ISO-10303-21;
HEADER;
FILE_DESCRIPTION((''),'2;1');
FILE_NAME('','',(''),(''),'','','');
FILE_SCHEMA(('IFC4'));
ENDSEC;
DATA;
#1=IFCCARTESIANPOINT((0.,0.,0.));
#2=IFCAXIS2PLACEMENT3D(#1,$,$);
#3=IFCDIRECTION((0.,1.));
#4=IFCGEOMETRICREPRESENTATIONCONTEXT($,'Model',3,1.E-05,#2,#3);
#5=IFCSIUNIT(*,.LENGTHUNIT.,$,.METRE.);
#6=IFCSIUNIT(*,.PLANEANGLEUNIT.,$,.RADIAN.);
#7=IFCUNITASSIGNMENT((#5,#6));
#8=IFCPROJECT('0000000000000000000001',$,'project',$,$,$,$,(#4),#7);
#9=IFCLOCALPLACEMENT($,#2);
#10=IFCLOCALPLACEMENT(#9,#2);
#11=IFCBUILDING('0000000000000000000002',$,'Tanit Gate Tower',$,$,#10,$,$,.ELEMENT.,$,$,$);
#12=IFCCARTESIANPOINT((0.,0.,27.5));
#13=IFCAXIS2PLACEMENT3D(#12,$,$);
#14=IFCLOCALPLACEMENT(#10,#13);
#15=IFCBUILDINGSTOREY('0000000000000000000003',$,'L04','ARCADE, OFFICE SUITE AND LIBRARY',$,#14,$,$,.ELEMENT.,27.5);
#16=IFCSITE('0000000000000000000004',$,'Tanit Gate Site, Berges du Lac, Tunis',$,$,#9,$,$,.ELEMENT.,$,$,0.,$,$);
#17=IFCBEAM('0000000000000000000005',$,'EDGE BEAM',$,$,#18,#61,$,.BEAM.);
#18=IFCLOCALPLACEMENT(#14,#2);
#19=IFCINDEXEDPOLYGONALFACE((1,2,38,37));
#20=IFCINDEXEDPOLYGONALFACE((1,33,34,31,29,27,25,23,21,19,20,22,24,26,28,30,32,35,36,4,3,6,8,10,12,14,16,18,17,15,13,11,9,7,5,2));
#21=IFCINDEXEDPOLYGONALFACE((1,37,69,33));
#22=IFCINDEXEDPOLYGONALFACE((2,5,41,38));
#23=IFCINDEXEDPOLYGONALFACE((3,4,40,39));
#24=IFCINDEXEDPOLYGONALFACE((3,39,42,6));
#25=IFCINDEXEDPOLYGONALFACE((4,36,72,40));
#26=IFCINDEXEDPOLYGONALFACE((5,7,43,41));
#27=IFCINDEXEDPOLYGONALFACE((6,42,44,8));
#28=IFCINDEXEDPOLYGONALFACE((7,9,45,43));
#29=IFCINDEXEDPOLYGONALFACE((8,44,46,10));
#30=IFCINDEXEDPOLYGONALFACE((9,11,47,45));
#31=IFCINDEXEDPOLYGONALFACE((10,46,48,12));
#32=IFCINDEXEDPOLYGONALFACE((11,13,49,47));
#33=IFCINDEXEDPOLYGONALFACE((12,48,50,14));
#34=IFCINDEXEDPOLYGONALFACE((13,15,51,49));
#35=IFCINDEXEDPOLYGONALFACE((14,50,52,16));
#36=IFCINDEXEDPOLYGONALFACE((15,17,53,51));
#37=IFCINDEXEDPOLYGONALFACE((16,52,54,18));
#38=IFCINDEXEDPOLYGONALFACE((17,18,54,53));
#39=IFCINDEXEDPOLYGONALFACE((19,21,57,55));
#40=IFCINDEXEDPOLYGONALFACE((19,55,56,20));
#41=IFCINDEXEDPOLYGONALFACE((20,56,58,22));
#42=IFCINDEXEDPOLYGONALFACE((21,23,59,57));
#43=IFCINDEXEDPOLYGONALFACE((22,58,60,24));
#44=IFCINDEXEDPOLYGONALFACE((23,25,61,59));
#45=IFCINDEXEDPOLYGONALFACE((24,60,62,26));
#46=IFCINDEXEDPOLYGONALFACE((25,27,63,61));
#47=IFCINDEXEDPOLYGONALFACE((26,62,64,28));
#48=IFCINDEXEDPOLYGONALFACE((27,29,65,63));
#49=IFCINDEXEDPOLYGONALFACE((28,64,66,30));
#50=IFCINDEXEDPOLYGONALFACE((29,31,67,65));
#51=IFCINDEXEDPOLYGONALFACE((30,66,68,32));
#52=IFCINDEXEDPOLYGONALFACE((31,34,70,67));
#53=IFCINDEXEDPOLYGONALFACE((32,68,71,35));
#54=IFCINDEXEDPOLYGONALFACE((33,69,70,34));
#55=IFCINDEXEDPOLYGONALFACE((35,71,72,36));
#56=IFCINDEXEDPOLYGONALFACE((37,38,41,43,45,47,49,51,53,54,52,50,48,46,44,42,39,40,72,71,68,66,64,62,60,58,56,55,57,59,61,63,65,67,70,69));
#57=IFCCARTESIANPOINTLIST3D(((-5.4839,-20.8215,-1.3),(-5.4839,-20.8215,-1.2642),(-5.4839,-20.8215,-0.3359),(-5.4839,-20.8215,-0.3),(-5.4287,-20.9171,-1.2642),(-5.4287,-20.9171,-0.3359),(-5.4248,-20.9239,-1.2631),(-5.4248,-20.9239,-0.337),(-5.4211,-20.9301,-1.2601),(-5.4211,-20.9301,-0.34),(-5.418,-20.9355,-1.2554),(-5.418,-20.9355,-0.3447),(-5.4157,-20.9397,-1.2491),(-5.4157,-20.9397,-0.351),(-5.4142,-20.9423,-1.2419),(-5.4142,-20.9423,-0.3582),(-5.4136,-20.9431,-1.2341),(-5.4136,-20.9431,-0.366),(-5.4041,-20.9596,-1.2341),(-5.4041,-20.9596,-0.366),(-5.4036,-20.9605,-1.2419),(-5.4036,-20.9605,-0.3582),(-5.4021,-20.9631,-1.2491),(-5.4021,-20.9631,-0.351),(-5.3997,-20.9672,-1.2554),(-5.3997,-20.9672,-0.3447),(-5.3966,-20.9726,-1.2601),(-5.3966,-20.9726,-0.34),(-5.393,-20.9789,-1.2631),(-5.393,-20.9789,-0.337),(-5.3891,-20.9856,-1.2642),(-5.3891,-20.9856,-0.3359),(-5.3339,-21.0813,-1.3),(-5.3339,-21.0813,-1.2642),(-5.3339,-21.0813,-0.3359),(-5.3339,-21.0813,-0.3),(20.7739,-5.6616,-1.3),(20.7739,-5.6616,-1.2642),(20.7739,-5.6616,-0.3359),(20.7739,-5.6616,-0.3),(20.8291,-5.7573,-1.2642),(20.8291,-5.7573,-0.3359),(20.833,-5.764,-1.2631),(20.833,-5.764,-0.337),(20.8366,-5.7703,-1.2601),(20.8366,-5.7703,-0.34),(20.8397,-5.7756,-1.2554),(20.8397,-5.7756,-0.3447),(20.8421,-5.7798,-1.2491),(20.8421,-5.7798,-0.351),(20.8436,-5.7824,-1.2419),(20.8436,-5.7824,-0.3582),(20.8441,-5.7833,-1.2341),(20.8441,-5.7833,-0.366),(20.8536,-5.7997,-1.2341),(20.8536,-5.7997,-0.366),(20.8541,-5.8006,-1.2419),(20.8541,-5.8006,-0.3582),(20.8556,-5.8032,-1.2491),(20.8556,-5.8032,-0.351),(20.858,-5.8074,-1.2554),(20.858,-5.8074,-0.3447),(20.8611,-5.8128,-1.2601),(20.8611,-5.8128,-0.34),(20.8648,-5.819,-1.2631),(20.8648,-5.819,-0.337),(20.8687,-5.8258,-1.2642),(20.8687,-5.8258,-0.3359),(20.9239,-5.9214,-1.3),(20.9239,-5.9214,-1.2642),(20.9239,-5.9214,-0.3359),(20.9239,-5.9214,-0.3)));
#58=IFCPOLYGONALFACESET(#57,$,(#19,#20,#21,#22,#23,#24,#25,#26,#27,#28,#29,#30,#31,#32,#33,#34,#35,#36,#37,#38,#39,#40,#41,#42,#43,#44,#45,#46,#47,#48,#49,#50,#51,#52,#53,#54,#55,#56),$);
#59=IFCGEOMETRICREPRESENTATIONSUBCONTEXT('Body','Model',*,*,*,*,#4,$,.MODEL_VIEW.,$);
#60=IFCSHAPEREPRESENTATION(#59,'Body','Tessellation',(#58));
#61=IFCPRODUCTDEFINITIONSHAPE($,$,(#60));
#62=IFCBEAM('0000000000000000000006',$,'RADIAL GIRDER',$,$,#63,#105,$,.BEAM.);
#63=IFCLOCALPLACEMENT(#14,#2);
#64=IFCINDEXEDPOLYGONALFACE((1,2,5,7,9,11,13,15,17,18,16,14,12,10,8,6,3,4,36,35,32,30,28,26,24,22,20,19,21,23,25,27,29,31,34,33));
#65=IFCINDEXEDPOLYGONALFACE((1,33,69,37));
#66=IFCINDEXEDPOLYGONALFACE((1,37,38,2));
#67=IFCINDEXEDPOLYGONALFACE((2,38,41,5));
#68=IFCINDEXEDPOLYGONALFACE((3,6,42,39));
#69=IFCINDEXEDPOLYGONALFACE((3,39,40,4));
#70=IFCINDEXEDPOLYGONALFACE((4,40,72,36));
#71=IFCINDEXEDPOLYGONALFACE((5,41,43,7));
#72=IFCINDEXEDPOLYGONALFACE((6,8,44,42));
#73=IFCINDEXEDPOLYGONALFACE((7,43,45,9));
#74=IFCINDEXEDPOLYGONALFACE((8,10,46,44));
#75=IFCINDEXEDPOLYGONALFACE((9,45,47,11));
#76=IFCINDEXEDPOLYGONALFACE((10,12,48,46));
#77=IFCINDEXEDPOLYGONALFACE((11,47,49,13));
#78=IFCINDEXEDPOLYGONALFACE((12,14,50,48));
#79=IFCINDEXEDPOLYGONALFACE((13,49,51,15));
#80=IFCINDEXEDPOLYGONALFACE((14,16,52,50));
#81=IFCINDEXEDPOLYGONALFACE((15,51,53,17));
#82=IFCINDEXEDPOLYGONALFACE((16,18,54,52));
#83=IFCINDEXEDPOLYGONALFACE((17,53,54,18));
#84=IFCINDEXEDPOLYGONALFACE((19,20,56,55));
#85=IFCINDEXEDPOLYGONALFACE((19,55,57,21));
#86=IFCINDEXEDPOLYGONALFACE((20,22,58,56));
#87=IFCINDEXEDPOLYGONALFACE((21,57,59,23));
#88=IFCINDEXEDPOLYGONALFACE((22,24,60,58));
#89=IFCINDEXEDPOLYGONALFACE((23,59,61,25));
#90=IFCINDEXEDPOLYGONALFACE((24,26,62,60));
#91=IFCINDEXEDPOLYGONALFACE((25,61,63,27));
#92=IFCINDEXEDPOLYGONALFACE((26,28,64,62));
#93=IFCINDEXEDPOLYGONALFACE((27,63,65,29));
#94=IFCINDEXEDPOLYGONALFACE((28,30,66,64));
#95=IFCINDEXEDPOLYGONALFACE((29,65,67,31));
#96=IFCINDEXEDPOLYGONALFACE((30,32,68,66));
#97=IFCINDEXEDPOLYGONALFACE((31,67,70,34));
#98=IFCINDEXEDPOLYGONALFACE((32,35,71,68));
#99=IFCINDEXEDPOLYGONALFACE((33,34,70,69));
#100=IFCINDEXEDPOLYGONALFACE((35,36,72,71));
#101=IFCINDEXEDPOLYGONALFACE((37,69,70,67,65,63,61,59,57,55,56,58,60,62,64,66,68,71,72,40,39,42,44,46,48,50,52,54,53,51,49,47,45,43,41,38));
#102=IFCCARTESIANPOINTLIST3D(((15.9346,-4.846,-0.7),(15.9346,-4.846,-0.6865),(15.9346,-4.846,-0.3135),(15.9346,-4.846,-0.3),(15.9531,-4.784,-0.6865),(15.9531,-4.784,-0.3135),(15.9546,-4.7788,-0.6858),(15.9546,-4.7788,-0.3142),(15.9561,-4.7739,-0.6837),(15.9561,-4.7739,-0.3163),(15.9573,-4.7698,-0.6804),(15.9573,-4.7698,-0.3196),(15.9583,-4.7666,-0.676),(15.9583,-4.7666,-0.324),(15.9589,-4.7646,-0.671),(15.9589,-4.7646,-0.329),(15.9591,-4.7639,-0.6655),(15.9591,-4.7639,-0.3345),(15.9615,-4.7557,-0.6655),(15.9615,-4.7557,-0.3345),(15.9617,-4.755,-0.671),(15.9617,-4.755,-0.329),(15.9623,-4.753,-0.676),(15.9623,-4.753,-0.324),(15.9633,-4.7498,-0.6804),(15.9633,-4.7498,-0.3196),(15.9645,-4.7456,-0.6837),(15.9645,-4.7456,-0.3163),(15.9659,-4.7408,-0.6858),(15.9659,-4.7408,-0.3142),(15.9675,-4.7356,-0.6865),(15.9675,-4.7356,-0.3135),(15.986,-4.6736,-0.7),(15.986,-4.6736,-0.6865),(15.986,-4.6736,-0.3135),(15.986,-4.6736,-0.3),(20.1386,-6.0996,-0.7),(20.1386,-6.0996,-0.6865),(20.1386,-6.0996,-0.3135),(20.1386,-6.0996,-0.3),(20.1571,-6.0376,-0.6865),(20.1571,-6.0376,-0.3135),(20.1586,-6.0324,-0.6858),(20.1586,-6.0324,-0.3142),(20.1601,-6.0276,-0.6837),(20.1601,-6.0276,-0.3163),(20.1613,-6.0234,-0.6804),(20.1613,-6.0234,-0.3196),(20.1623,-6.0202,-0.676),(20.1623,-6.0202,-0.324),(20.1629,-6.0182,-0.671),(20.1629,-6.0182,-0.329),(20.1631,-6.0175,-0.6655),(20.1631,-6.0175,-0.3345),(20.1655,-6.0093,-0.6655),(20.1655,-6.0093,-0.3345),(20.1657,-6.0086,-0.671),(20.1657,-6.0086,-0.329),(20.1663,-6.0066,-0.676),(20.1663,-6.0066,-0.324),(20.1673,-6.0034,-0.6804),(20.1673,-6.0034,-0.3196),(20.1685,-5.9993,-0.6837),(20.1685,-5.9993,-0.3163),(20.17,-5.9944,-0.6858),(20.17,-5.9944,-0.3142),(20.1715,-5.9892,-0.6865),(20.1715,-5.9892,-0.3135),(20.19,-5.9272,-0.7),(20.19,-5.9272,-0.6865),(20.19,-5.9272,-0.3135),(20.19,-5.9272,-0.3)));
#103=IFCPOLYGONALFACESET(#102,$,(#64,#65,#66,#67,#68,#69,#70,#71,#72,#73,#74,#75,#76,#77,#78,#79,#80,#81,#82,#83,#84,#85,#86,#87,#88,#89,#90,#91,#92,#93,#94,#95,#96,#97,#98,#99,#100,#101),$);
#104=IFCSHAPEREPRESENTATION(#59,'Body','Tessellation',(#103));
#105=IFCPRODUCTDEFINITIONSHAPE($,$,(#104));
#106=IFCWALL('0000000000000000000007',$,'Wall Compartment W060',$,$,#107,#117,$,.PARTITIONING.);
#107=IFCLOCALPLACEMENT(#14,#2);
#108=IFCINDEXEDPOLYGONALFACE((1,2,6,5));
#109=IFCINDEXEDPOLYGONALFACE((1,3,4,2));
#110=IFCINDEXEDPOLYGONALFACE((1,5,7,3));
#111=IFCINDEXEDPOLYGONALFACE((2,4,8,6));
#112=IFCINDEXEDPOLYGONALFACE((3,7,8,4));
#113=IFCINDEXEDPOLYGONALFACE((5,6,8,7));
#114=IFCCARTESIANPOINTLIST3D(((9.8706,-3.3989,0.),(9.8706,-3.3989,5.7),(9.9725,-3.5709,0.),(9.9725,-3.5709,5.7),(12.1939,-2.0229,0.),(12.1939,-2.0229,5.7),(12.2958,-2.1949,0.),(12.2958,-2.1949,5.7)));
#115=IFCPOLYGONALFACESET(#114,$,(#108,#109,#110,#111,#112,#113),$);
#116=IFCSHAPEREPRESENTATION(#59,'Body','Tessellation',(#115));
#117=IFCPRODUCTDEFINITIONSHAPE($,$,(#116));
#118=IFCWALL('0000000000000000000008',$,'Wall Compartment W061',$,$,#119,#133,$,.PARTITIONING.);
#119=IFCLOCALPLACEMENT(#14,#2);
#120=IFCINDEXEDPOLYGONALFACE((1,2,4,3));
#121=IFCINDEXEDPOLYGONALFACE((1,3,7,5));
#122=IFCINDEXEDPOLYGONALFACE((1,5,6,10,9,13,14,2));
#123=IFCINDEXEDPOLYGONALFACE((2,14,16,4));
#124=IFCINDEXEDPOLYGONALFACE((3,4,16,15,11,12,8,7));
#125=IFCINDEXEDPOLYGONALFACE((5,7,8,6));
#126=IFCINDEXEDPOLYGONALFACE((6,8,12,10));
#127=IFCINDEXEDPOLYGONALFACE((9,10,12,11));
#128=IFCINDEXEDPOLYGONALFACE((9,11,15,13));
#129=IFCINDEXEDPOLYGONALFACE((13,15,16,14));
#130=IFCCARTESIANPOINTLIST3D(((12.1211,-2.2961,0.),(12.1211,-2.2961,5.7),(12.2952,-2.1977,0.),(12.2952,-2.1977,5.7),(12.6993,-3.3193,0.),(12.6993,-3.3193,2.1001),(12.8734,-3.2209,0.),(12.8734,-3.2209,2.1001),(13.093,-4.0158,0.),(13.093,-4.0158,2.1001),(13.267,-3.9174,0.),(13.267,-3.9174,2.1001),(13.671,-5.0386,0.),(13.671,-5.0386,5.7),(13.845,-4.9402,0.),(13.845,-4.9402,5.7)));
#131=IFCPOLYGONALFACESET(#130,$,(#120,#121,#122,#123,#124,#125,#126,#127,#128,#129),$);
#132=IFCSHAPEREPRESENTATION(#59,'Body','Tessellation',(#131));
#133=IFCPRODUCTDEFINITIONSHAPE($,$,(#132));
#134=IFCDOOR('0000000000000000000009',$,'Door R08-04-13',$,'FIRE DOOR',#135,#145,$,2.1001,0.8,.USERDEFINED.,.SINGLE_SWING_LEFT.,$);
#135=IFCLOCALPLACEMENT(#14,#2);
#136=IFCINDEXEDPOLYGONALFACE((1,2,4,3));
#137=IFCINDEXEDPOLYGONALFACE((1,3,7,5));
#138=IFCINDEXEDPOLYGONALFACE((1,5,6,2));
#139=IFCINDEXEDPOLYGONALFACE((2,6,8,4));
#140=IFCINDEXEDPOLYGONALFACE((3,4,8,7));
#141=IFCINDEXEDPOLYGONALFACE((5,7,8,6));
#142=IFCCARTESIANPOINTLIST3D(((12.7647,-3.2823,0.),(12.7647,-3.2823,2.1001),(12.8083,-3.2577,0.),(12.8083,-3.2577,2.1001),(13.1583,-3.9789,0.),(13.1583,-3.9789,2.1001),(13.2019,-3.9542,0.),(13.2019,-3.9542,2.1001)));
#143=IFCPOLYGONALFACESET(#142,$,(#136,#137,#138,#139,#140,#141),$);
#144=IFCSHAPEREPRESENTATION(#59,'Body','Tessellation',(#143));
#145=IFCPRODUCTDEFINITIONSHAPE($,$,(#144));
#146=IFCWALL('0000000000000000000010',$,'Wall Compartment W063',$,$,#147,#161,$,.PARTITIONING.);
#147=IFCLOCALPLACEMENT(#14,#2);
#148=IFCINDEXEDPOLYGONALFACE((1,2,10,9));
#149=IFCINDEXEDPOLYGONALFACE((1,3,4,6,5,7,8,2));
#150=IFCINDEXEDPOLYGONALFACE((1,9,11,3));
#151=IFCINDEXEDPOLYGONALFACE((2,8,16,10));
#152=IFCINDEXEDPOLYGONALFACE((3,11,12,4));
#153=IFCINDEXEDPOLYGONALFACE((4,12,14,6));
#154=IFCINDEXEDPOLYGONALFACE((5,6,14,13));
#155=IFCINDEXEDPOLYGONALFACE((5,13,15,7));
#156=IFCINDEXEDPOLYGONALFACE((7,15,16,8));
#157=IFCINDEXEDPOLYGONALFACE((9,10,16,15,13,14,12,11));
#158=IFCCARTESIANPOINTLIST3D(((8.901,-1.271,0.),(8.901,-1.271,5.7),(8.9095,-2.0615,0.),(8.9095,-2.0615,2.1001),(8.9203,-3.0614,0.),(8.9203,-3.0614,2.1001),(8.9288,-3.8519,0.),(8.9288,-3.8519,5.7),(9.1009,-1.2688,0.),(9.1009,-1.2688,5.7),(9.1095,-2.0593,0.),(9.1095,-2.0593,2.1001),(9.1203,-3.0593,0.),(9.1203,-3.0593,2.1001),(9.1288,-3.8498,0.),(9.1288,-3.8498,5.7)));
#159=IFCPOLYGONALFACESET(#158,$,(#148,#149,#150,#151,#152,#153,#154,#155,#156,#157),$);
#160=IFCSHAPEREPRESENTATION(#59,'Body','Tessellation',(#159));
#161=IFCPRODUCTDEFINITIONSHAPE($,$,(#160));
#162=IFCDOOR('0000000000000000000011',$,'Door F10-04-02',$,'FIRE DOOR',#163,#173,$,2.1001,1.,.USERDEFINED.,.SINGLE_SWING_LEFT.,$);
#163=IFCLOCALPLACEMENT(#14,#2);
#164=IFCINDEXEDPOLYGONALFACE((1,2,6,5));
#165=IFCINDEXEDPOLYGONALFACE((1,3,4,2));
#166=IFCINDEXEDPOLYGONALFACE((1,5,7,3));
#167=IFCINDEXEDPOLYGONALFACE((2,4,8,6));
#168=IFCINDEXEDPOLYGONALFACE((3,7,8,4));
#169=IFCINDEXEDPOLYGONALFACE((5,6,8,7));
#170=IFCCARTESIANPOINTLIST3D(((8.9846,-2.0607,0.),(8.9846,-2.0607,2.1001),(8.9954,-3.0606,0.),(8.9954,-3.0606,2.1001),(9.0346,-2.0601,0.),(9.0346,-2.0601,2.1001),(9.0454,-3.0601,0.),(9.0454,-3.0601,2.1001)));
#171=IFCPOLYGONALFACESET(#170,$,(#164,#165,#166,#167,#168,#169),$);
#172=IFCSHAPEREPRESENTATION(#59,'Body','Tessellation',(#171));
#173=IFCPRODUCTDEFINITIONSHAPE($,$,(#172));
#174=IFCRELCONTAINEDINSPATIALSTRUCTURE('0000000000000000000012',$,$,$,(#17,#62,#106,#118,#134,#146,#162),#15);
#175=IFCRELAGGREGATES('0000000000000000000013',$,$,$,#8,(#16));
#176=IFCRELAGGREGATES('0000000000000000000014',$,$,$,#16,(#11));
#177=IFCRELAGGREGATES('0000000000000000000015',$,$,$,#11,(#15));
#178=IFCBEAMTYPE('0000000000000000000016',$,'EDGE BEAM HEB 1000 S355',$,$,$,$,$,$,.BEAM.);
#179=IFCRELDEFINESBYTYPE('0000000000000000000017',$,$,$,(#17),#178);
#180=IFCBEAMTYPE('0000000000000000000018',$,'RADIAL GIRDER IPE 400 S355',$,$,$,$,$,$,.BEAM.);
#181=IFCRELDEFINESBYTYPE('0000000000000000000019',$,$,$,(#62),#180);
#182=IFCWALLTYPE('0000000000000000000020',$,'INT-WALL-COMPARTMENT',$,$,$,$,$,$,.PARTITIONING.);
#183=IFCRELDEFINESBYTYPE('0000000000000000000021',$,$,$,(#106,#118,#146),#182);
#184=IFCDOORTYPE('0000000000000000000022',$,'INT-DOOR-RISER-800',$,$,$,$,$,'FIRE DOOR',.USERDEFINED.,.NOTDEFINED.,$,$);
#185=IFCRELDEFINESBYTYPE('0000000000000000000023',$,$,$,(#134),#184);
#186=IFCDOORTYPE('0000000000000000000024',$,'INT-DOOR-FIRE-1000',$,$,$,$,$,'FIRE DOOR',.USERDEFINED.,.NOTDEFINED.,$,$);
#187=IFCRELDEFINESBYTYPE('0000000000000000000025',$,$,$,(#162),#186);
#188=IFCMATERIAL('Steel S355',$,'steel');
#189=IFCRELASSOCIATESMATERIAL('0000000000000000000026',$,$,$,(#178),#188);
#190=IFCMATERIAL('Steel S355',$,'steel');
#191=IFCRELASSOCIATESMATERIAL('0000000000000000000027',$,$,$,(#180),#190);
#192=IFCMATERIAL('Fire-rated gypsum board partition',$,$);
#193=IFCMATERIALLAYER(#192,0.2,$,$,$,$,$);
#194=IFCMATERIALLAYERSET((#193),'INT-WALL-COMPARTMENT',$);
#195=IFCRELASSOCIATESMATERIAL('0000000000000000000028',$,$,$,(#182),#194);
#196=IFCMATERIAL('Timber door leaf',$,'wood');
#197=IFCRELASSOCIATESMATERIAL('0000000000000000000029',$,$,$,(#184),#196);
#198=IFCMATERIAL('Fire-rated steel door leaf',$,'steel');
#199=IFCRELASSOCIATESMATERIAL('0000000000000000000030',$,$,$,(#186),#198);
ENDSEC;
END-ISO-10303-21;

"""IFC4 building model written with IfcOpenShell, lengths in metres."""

from ifc_helpers import new_model, si_unit, direction, frame, frame_2d, origin, origin_2d, place, context, subcontext, project, spatial, rectangle, i_section, extrude, material, layer, layer_set, material_profile, profile_set, type_object, element, fill, save


model = new_model("IFC4")

# Units and contexts
model_context = context("Model", 3, precision=1e-05, world=origin(), true_north=direction((0.0, 1.0)))
body_context = subcontext(model_context, "Body", "Model", "MODEL_VIEW")
ifc_project = project(units=[si_unit("LENGTHUNIT", "METRE"), si_unit("PLANEANGLEUNIT", "RADIAN")], contexts=[model_context])

# Site, building, storey
site_placement = place(None, origin())
site = spatial("IfcSite", under=ifc_project, at=site_placement, Name="Tanit Gate Site, Berges du Lac, Tunis", CompositionType="ELEMENT", RefElevation=0.0)
building_placement = place(site_placement, origin())
building = spatial("IfcBuilding", under=site, at=building_placement, Name="Tanit Gate Tower", CompositionType="ELEMENT")
storey_placement = place(building_placement, frame((0.0, 0.0, 27.5)))
storey = spatial("IfcBuildingStorey", under=building, at=storey_placement, Name="L04", Description="ARCADE, OFFICE SUITE AND LIBRARY", CompositionType="ELEMENT", Elevation=27.5)

# Beams
ifc_material_1 = material(Name="Steel S355", Category="steel")
ifc_material_profile_1 = material_profile(ifc_material_1, i_section(OverallWidth=0.3, OverallDepth=1.0, WebThickness=0.019, FlangeThickness=0.0359, FilletRadius=0.03, at=origin_2d()), Name="HEB 1000")
ifc_profile_set_1 = profile_set([ifc_material_profile_1], Name="Steel S355")
beam_type_1 = type_object("IfcBeamType", Name="EDGE BEAM HEB 1000 S355", PredefinedType="BEAM", material=ifc_profile_set_1)
beam_1_placement = place(storey_placement, frame((20.8489, -5.7915, -0.8), z_axis=(-0.866026, -0.499999, 0.0), x_axis=(0.499999, -0.866026, 0.0)))
element("IfcBeam", 1, at=beam_1_placement, inside=storey, type_object=beam_type_1, Name="EDGE BEAM", PredefinedType="BEAM", context=body_context, shape_type="SweptSolid", body=[
    extrude(i_section(OverallWidth=0.3, OverallDepth=1.0, WebThickness=0.019, FlangeThickness=0.0359, FilletRadius=0.03, at=origin_2d()), origin(), (0.0, 0.0, 1.0), 30.3198),
])
ifc_material_2 = material(Name="Steel S355", Category="steel")
ifc_material_profile_2 = material_profile(ifc_material_2, i_section(OverallWidth=0.1799, OverallDepth=0.3999, WebThickness=0.0085, FlangeThickness=0.0134, FilletRadius=0.021, at=origin_2d()), Name="IPE 400")
ifc_profile_set_2 = profile_set([ifc_material_profile_2], Name="Steel S355")
beam_type_2 = type_object("IfcBeamType", Name="RADIAL GIRDER IPE 400 S355", PredefinedType="BEAM", material=ifc_profile_set_2)
beam_2_placement = place(storey_placement, frame((20.1643, -6.0134, -0.5), z_axis=(-0.9583, 0.285765, 0.0), x_axis=(-0.285765, -0.9583, 0.0)))
element("IfcBeam", 2, at=beam_2_placement, inside=storey, type_object=beam_type_2, Name="RADIAL GIRDER", PredefinedType="BEAM", context=body_context, shape_type="SweptSolid", body=[
    extrude(i_section(OverallWidth=0.1799, OverallDepth=0.3999, WebThickness=0.0085, FlangeThickness=0.0134, FilletRadius=0.021, at=origin_2d()), origin(), (0.0, 0.0, 1.0), 4.387),
])

# Wall
ifc_material_3 = material(Name="Fire-rated gypsum board partition")
ifc_layer_1 = layer(ifc_material_3, 0.2)
ifc_layer_set_1 = layer_set([ifc_layer_1], Name="INT-WALL-COMPARTMENT")
wall_type_1 = type_object("IfcWallType", Name="INT-WALL-COMPARTMENT", PredefinedType="PARTITIONING", material=ifc_layer_set_1)
wall_1_placement = place(storey_placement, frame((12.2449, -2.1089, 0.0), z_axis=(0.0, 0.0, 1.0), x_axis=(-0.860415, -0.509594, 0.0)))
element("IfcWall", 3, at=wall_1_placement, inside=storey, type_object=wall_type_1, Name="Wall Compartment W060", PredefinedType="PARTITIONING", context=body_context, shape_type="SweptSolid", body=[
    extrude(rectangle(XDim=2.7002, YDim=0.2, at=frame_2d((1.3501, 0.0))), origin(), (0.0, 0.0, 1.0), 5.7),
])

# Walls, openings, doors
wall_2_placement = place(storey_placement, frame((13.7581, -4.9895, 0.0), z_axis=(0.0, 0.0, 1.0), x_axis=(-0.491993, 0.870599, 0.0)))
wall_2 = element("IfcWall", 4, at=wall_2_placement, inside=storey, type_object=wall_type_1, Name="Wall Compartment W061", PredefinedType="PARTITIONING", context=body_context, shape_type="SweptSolid", body=[
    extrude(rectangle(XDim=3.1501, YDim=0.2, at=frame_2d((1.5752, 0.0))), origin(), (0.0, 0.0, 1.0), 5.7),
])
opening_1_placement = place(wall_2_placement, frame((1.175, 0.0, 0.0)))
opening_1 = element("IfcOpeningElement", 5, at=opening_1_placement, cuts=wall_2, PredefinedType="OPENING", context=body_context, shape_type="SweptSolid", body=[
    extrude(rectangle(XDim=0.8, YDim=2.1001, at=frame_2d((0.3999, 1.05))), frame((0.0, 0.1099, 0.0), z_axis=(0.0, -1.0, 0.0), x_axis=(1.0, 0.0, 0.0)), (0.0, 0.0, 1.0), 0.22),
])
ifc_material_4 = material(Name="Timber door leaf", Category="wood")
door_type_1 = type_object("IfcDoorType", Name="INT-DOOR-RISER-800", ElementType="FIRE DOOR", OperationType="NOTDEFINED", PredefinedType="USERDEFINED", material=ifc_material_4)
door_1_placement = place(opening_1_placement, origin())
door_1 = element("IfcDoor", 6, at=door_1_placement, inside=storey, type_object=door_type_1, Name="Door R08-04-13", ObjectType="FIRE DOOR", OperationType="SINGLE_SWING_LEFT", OverallHeight=2.1001, OverallWidth=0.8, PredefinedType="USERDEFINED", context=body_context, shape_type="SweptSolid", body=[
    extrude(rectangle(XDim=0.8, YDim=2.1001, at=frame_2d((0.3999, 1.05))), frame((0.0, 0.0249, 0.0), z_axis=(0.0, -1.0, 0.0), x_axis=(1.0, 0.0, 0.0)), (0.0, 0.0, 1.0), 0.05),
])
fill(opening_1, door_1)
wall_3_placement = place(storey_placement, frame((9.0288, -3.8508, 0.0), z_axis=(0.0, 0.0, 1.0), x_axis=(-0.010784, 0.999942, 0.0)))
wall_3 = element("IfcWall", 7, at=wall_3_placement, inside=storey, type_object=wall_type_1, Name="Wall Compartment W063", PredefinedType="PARTITIONING", context=body_context, shape_type="SweptSolid", body=[
    extrude(rectangle(XDim=2.5811, YDim=0.2, at=frame_2d((1.2905, 0.0))), origin(), (0.0, 0.0, 1.0), 5.7),
])
opening_2_placement = place(wall_3_placement, frame((0.7905, 0.0, 0.0)))
opening_2 = element("IfcOpeningElement", 8, at=opening_2_placement, cuts=wall_3, PredefinedType="OPENING", context=body_context, shape_type="SweptSolid", body=[
    extrude(rectangle(XDim=1.0, YDim=2.1001, at=frame_2d((0.5, 1.05))), frame((0.0, 0.1099, 0.0), z_axis=(0.0, -1.0, 0.0), x_axis=(1.0, 0.0, 0.0)), (0.0, 0.0, 1.0), 0.22),
])
ifc_material_5 = material(Name="Fire-rated steel door leaf", Category="steel")
door_type_2 = type_object("IfcDoorType", Name="INT-DOOR-FIRE-1000", ElementType="FIRE DOOR", OperationType="NOTDEFINED", PredefinedType="USERDEFINED", material=ifc_material_5)
door_2_placement = place(opening_2_placement, origin())
door_2 = element("IfcDoor", 9, at=door_2_placement, inside=storey, type_object=door_type_2, Name="Door F10-04-02", ObjectType="FIRE DOOR", OperationType="SINGLE_SWING_LEFT", OverallHeight=2.1001, OverallWidth=1.0, PredefinedType="USERDEFINED", context=body_context, shape_type="SweptSolid", body=[
    extrude(rectangle(XDim=1.0, YDim=2.1001, at=frame_2d((0.5, 1.05))), frame((0.0, 0.0249, 0.0), z_axis=(0.0, -1.0, 0.0), x_axis=(1.0, 0.0, 0.0)), (0.0, 0.0, 1.0), 0.05),
])
fill(opening_2, door_2)

save(model, "model.ifc")
